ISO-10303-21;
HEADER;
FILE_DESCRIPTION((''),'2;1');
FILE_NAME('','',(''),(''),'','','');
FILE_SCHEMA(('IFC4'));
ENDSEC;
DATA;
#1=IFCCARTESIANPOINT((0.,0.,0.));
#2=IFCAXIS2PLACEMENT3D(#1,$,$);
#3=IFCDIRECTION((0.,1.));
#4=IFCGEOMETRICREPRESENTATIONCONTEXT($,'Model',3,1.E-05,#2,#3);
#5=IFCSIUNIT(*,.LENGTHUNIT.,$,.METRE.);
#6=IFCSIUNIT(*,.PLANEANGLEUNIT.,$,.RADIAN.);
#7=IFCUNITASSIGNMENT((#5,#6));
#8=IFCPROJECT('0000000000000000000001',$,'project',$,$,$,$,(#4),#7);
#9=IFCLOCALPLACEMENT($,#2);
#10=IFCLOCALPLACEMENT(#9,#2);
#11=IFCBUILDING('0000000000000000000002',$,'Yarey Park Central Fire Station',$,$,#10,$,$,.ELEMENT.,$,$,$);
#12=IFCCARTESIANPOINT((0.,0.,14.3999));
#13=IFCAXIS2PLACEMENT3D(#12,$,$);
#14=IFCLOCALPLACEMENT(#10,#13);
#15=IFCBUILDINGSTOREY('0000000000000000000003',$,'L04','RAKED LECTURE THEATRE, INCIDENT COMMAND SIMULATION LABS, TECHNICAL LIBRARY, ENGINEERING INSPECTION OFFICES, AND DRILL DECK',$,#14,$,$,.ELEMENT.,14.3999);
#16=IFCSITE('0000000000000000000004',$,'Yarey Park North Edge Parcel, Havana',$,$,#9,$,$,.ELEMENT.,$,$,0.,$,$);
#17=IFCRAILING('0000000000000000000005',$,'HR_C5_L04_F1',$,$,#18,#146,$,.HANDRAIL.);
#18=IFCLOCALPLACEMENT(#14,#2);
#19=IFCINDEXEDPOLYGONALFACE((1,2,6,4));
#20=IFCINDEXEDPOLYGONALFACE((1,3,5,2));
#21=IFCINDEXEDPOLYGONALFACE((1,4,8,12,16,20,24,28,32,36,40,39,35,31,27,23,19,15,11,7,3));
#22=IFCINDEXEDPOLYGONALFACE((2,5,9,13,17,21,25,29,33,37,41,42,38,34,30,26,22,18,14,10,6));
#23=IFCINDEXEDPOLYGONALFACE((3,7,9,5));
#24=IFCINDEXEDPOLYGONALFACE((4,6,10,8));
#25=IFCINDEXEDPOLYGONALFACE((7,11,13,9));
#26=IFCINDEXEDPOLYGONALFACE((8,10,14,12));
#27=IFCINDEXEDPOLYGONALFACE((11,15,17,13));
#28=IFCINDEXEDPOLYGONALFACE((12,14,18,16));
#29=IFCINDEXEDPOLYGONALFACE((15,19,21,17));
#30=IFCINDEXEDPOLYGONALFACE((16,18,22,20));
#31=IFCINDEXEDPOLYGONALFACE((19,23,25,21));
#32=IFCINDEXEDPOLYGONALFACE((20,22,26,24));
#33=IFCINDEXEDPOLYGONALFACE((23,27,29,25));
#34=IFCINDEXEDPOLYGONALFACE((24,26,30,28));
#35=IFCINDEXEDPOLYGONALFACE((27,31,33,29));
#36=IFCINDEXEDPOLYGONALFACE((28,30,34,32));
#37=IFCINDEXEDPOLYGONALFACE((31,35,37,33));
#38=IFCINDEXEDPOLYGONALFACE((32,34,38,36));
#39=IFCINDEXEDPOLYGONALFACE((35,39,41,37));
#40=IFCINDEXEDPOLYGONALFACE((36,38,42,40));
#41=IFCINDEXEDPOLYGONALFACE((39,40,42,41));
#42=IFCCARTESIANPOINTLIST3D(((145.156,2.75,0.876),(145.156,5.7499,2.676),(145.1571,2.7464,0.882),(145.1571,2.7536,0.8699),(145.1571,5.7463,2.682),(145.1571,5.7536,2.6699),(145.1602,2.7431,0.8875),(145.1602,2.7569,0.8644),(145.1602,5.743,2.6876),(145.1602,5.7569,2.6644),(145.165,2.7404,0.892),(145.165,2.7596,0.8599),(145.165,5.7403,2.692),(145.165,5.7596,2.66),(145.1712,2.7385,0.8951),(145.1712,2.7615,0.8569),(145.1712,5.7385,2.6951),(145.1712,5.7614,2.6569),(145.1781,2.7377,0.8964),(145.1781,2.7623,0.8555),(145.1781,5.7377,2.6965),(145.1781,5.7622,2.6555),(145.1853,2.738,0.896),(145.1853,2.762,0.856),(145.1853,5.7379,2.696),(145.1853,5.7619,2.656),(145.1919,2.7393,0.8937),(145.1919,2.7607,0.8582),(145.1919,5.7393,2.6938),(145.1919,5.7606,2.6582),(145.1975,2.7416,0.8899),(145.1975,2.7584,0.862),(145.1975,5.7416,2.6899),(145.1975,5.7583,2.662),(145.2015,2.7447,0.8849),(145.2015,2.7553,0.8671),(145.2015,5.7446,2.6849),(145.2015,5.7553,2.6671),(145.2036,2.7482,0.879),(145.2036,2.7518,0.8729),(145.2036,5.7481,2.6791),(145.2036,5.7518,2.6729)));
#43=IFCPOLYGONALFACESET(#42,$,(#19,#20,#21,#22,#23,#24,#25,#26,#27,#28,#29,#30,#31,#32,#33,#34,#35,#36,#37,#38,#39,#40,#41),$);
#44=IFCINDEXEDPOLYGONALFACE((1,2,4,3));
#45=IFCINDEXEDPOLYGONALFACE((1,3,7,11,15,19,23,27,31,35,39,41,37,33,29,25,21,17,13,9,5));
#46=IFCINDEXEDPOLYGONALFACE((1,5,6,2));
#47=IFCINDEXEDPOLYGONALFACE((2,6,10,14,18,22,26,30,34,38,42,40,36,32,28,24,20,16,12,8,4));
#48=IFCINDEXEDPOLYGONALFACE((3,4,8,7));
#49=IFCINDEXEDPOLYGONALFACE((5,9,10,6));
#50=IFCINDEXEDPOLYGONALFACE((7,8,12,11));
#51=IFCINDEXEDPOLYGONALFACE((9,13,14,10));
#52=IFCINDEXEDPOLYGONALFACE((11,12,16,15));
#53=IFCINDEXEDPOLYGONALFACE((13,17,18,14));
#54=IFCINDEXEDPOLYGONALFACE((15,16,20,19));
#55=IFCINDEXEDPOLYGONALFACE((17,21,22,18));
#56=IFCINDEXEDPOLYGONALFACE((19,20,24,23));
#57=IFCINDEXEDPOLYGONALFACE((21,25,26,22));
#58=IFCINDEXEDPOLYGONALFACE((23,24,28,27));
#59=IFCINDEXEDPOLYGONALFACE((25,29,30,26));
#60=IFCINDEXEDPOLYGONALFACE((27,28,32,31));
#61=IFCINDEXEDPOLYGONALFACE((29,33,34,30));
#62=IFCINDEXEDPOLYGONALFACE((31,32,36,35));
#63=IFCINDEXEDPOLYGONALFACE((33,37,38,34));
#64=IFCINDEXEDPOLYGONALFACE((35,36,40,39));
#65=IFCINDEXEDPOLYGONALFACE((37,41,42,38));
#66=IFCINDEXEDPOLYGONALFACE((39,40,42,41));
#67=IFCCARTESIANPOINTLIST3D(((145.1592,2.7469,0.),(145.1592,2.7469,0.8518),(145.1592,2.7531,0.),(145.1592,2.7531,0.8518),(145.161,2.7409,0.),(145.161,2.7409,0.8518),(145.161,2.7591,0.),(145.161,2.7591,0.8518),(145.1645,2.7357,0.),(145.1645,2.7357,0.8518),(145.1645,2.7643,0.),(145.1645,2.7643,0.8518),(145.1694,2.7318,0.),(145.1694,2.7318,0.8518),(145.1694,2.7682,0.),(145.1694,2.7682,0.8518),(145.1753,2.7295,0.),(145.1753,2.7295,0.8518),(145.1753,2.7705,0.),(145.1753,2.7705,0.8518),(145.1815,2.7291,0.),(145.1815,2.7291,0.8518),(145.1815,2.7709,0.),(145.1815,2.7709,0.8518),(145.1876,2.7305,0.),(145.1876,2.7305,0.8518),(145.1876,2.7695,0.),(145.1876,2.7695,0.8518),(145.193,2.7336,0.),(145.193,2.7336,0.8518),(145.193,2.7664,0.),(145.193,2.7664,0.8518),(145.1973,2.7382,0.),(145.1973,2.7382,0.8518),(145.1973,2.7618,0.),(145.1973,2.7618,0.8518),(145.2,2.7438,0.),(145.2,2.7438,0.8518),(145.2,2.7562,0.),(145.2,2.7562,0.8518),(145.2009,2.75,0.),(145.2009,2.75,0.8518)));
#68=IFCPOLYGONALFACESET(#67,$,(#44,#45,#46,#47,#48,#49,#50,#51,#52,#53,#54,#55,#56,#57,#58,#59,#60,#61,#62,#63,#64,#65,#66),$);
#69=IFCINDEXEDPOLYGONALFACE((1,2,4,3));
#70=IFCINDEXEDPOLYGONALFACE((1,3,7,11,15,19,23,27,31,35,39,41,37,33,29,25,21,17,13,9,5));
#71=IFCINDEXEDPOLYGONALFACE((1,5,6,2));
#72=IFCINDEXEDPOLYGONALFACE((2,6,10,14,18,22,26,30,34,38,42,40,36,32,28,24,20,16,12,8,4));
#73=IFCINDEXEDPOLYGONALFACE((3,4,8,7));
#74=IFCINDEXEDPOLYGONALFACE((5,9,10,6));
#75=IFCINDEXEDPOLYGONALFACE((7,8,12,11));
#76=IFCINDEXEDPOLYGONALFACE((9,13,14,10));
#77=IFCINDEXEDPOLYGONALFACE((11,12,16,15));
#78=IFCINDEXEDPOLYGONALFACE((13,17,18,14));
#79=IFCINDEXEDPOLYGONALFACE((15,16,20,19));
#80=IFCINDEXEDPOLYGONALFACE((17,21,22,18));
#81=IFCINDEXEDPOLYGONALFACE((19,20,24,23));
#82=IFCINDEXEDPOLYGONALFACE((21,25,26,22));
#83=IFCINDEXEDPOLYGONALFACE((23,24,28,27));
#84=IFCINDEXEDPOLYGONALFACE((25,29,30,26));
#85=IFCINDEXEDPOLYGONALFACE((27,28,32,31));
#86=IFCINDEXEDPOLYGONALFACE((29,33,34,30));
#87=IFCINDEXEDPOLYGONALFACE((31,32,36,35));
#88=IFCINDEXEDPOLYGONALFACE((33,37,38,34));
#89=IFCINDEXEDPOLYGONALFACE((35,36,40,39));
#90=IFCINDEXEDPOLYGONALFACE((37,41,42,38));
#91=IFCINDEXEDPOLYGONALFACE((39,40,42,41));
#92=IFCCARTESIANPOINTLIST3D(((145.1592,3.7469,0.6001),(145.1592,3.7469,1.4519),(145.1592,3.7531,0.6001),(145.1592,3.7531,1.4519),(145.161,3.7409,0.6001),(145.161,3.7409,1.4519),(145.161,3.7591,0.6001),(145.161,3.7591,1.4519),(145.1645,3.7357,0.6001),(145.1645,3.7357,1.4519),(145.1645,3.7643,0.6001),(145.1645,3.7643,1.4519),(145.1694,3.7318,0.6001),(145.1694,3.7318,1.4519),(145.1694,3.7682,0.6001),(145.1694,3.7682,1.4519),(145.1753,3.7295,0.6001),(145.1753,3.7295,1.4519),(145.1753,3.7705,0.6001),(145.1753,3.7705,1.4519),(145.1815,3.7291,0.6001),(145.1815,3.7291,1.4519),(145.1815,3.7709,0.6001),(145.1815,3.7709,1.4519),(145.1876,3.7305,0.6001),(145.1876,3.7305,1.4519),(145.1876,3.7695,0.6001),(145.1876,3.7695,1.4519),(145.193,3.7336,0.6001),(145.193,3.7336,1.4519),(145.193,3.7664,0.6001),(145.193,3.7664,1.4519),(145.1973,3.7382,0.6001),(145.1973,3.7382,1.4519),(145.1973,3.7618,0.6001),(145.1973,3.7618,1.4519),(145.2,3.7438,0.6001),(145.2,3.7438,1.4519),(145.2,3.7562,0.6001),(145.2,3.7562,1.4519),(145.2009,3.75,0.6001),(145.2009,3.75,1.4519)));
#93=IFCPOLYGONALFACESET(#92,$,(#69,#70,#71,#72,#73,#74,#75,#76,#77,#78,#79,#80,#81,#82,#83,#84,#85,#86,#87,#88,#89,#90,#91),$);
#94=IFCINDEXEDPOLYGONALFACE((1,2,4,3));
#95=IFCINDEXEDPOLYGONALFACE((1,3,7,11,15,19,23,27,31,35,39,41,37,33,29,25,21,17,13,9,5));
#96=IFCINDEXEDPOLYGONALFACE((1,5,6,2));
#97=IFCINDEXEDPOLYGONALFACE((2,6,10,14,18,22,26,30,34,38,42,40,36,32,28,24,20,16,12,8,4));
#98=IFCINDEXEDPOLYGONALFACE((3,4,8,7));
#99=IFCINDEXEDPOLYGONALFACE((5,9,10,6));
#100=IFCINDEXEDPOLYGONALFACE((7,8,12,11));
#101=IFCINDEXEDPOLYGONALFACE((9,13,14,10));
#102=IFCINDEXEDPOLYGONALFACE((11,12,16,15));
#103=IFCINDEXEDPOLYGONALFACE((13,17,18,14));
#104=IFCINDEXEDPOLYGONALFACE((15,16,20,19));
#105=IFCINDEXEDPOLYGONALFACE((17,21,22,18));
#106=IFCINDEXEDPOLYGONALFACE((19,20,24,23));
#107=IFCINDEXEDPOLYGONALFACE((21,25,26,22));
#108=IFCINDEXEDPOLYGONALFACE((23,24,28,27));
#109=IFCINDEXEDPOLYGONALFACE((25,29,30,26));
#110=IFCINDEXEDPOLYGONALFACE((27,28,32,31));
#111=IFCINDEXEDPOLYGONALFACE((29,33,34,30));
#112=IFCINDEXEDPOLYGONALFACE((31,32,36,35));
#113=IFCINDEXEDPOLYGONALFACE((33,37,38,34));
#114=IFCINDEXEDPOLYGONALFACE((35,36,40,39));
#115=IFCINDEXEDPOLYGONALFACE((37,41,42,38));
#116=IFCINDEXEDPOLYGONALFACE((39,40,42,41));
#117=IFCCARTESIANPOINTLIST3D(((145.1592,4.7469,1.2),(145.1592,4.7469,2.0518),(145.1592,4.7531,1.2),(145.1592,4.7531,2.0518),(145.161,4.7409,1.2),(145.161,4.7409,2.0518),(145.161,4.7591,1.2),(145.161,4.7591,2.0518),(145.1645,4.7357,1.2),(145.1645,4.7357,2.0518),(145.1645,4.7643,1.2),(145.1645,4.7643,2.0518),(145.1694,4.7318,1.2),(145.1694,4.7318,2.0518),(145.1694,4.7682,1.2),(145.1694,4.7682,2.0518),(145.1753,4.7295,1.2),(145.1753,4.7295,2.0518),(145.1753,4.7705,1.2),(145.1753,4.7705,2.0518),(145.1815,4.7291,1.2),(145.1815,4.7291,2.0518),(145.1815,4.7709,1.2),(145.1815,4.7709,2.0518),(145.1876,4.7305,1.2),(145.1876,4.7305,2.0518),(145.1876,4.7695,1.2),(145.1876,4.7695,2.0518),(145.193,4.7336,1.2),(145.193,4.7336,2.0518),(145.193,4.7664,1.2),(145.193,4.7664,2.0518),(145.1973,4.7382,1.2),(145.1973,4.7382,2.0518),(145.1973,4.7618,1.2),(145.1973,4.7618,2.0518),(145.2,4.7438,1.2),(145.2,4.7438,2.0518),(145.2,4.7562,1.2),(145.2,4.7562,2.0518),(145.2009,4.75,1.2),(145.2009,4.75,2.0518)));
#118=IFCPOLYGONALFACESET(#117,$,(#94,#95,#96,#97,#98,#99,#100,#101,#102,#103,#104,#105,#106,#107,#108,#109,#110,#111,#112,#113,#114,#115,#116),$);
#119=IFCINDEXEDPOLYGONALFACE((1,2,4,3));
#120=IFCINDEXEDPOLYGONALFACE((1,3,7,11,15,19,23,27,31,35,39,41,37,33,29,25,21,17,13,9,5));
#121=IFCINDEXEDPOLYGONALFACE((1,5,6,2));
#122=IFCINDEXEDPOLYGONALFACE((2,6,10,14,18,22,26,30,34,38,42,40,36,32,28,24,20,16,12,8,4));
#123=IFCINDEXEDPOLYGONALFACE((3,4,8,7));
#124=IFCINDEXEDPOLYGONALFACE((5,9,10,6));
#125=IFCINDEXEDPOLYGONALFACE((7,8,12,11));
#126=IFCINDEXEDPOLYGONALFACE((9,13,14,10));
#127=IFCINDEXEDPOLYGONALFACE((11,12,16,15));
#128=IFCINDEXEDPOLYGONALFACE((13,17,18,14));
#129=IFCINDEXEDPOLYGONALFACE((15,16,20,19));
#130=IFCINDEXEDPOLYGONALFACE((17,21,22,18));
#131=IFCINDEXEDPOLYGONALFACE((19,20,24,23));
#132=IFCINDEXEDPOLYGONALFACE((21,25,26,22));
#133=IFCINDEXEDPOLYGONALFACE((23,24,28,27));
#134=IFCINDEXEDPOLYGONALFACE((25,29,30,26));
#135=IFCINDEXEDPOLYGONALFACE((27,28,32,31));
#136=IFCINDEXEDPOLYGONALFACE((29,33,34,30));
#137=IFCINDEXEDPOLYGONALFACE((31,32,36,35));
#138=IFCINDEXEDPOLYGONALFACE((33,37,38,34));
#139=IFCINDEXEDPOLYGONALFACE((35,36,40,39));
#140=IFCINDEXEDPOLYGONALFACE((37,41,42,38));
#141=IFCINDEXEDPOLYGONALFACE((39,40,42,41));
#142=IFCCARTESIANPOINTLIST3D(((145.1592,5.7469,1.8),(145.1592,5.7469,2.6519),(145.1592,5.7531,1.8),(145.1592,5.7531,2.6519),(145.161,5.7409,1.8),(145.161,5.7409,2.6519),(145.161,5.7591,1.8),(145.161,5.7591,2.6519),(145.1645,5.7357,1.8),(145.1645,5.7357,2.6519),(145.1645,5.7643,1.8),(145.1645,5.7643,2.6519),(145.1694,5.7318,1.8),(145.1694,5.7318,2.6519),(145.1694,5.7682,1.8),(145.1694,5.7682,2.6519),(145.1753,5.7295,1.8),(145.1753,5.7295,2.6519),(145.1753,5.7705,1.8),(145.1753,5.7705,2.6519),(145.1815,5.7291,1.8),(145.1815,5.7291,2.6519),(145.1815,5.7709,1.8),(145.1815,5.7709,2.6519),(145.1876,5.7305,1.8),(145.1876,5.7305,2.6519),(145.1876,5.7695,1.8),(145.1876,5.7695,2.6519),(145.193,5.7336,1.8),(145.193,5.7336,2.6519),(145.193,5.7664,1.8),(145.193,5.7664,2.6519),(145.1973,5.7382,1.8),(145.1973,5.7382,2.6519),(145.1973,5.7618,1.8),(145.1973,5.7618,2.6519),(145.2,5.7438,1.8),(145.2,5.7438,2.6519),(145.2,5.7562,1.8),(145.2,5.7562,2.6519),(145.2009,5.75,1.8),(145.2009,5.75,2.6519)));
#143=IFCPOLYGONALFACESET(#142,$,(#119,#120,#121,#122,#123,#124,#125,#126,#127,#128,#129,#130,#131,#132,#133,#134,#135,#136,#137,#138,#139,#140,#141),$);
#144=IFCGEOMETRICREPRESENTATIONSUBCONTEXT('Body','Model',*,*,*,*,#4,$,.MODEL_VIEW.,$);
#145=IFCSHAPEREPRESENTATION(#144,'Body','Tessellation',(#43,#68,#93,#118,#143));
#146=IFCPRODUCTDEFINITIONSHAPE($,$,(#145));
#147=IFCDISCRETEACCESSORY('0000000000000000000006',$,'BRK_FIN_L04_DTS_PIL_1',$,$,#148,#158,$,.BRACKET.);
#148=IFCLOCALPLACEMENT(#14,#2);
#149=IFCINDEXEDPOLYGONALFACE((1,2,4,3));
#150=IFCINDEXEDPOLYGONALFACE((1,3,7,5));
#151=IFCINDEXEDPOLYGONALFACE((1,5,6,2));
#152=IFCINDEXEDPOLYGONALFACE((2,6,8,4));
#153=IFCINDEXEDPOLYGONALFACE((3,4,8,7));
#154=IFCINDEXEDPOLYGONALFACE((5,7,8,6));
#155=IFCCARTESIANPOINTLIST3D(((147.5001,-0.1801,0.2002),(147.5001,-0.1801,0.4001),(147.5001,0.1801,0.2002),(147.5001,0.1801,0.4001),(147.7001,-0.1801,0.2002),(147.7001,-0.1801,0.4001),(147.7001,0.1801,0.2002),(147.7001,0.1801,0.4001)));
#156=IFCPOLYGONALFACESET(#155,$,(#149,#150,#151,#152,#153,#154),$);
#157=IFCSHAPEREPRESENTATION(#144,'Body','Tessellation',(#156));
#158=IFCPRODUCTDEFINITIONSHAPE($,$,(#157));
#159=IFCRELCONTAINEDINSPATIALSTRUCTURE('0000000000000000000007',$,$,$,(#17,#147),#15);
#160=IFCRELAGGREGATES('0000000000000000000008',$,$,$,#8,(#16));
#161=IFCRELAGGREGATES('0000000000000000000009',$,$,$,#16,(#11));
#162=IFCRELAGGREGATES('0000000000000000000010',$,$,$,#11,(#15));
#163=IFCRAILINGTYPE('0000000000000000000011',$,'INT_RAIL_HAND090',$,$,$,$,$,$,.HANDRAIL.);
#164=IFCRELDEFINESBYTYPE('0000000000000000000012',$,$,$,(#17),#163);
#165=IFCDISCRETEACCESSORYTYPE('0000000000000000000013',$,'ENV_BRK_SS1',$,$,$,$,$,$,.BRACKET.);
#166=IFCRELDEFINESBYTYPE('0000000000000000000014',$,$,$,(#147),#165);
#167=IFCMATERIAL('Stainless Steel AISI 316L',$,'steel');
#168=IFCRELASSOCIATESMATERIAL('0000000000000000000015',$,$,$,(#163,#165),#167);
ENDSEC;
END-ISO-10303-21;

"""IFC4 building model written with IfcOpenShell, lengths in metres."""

from ifc_helpers import new_model, si_unit, direction, frame, origin, origin_2d, place, context, subcontext, project, spatial, rectangle, circle, extrude, material, type_object, element, save


model = new_model("IFC4")

# Units and contexts
model_context = context("Model", 3, precision=1e-05, world=origin(), true_north=direction((0.0, 1.0)))
body_context = subcontext(model_context, "Body", "Model", "MODEL_VIEW")
ifc_project = project(units=[si_unit("LENGTHUNIT", "METRE"), si_unit("PLANEANGLEUNIT", "RADIAN")], contexts=[model_context])

# Site, building, storey
site_placement = place(None, origin())
site = spatial("IfcSite", under=ifc_project, at=site_placement, Name="Yarey Park North Edge Parcel, Havana", CompositionType="ELEMENT", RefElevation=0.0)
building_placement = place(site_placement, origin())
building = spatial("IfcBuilding", under=site, at=building_placement, Name="Yarey Park Central Fire Station", CompositionType="ELEMENT")
storey_placement = place(building_placement, frame((0.0, 0.0, 14.3999)))
storey = spatial("IfcBuildingStorey", under=building, at=storey_placement, Name="L04", Description="RAKED LECTURE THEATRE, INCIDENT COMMAND SIMULATION LABS, TECHNICAL LIBRARY, ENGINEERING INSPECTION OFFICES, AND DRILL DECK", CompositionType="ELEMENT", Elevation=14.3999)

# Railing
ifc_material_1 = material(Name="Stainless Steel AISI 316L", Category="steel")
railing_type_1 = type_object("IfcRailingType", Name="INT_RAIL_HAND090", PredefinedType="HANDRAIL", material=ifc_material_1)
railing_1_placement = place(storey_placement, frame((145.1799, 2.75, 0.0)))
element("IfcRailing", 1, at=railing_1_placement, inside=storey, type_object=railing_type_1, Name="HR_C5_L04_F1", PredefinedType="HANDRAIL", context=body_context, shape_type="SweptSolid", body=[
    extrude(circle(Radius=0.0239, at=origin_2d()), frame((0.0, 0.0, 0.876), z_axis=(0.0, 0.857487, 0.514506), x_axis=(-1.0, 0.0, 0.0)), (0.0, 0.0, 1.0), 3.4985),
    extrude(circle(Radius=0.021, at=origin_2d()), origin(), (0.0, 0.0, 1.0), 0.8518),
    extrude(circle(Radius=0.021, at=origin_2d()), frame((0.0, 1.0, 0.6001)), (0.0, 0.0, 1.0), 0.8518),
    extrude(circle(Radius=0.021, at=origin_2d()), frame((0.0, 2.0, 1.2)), (0.0, 0.0, 1.0), 0.8518),
    extrude(circle(Radius=0.021, at=origin_2d()), frame((0.0, 3.0, 1.8)), (0.0, 0.0, 1.0), 0.8518),
])

# Discrete accessory
discrete_accessory_type = type_object("IfcDiscreteAccessoryType", Name="ENV_BRK_SS1", PredefinedType="BRACKET", material=ifc_material_1)
discrete_accessory_placement = place(storey_placement, frame((147.6001, 0.0, 0.2002), z_axis=(0.0, 0.0, 1.0), x_axis=(1.0, 0.0, 0.0)))
element("IfcDiscreteAccessory", 2, at=discrete_accessory_placement, inside=storey, type_object=discrete_accessory_type, Name="BRK_FIN_L04_DTS_PIL_1", PredefinedType="BRACKET", context=body_context, shape_type="SweptSolid", body=[
    extrude(rectangle(XDim=0.2, YDim=0.3601, at=origin_2d()), origin(), (0.0, 0.0, 1.0), 0.2),
])

save(model, "model.ifc")
